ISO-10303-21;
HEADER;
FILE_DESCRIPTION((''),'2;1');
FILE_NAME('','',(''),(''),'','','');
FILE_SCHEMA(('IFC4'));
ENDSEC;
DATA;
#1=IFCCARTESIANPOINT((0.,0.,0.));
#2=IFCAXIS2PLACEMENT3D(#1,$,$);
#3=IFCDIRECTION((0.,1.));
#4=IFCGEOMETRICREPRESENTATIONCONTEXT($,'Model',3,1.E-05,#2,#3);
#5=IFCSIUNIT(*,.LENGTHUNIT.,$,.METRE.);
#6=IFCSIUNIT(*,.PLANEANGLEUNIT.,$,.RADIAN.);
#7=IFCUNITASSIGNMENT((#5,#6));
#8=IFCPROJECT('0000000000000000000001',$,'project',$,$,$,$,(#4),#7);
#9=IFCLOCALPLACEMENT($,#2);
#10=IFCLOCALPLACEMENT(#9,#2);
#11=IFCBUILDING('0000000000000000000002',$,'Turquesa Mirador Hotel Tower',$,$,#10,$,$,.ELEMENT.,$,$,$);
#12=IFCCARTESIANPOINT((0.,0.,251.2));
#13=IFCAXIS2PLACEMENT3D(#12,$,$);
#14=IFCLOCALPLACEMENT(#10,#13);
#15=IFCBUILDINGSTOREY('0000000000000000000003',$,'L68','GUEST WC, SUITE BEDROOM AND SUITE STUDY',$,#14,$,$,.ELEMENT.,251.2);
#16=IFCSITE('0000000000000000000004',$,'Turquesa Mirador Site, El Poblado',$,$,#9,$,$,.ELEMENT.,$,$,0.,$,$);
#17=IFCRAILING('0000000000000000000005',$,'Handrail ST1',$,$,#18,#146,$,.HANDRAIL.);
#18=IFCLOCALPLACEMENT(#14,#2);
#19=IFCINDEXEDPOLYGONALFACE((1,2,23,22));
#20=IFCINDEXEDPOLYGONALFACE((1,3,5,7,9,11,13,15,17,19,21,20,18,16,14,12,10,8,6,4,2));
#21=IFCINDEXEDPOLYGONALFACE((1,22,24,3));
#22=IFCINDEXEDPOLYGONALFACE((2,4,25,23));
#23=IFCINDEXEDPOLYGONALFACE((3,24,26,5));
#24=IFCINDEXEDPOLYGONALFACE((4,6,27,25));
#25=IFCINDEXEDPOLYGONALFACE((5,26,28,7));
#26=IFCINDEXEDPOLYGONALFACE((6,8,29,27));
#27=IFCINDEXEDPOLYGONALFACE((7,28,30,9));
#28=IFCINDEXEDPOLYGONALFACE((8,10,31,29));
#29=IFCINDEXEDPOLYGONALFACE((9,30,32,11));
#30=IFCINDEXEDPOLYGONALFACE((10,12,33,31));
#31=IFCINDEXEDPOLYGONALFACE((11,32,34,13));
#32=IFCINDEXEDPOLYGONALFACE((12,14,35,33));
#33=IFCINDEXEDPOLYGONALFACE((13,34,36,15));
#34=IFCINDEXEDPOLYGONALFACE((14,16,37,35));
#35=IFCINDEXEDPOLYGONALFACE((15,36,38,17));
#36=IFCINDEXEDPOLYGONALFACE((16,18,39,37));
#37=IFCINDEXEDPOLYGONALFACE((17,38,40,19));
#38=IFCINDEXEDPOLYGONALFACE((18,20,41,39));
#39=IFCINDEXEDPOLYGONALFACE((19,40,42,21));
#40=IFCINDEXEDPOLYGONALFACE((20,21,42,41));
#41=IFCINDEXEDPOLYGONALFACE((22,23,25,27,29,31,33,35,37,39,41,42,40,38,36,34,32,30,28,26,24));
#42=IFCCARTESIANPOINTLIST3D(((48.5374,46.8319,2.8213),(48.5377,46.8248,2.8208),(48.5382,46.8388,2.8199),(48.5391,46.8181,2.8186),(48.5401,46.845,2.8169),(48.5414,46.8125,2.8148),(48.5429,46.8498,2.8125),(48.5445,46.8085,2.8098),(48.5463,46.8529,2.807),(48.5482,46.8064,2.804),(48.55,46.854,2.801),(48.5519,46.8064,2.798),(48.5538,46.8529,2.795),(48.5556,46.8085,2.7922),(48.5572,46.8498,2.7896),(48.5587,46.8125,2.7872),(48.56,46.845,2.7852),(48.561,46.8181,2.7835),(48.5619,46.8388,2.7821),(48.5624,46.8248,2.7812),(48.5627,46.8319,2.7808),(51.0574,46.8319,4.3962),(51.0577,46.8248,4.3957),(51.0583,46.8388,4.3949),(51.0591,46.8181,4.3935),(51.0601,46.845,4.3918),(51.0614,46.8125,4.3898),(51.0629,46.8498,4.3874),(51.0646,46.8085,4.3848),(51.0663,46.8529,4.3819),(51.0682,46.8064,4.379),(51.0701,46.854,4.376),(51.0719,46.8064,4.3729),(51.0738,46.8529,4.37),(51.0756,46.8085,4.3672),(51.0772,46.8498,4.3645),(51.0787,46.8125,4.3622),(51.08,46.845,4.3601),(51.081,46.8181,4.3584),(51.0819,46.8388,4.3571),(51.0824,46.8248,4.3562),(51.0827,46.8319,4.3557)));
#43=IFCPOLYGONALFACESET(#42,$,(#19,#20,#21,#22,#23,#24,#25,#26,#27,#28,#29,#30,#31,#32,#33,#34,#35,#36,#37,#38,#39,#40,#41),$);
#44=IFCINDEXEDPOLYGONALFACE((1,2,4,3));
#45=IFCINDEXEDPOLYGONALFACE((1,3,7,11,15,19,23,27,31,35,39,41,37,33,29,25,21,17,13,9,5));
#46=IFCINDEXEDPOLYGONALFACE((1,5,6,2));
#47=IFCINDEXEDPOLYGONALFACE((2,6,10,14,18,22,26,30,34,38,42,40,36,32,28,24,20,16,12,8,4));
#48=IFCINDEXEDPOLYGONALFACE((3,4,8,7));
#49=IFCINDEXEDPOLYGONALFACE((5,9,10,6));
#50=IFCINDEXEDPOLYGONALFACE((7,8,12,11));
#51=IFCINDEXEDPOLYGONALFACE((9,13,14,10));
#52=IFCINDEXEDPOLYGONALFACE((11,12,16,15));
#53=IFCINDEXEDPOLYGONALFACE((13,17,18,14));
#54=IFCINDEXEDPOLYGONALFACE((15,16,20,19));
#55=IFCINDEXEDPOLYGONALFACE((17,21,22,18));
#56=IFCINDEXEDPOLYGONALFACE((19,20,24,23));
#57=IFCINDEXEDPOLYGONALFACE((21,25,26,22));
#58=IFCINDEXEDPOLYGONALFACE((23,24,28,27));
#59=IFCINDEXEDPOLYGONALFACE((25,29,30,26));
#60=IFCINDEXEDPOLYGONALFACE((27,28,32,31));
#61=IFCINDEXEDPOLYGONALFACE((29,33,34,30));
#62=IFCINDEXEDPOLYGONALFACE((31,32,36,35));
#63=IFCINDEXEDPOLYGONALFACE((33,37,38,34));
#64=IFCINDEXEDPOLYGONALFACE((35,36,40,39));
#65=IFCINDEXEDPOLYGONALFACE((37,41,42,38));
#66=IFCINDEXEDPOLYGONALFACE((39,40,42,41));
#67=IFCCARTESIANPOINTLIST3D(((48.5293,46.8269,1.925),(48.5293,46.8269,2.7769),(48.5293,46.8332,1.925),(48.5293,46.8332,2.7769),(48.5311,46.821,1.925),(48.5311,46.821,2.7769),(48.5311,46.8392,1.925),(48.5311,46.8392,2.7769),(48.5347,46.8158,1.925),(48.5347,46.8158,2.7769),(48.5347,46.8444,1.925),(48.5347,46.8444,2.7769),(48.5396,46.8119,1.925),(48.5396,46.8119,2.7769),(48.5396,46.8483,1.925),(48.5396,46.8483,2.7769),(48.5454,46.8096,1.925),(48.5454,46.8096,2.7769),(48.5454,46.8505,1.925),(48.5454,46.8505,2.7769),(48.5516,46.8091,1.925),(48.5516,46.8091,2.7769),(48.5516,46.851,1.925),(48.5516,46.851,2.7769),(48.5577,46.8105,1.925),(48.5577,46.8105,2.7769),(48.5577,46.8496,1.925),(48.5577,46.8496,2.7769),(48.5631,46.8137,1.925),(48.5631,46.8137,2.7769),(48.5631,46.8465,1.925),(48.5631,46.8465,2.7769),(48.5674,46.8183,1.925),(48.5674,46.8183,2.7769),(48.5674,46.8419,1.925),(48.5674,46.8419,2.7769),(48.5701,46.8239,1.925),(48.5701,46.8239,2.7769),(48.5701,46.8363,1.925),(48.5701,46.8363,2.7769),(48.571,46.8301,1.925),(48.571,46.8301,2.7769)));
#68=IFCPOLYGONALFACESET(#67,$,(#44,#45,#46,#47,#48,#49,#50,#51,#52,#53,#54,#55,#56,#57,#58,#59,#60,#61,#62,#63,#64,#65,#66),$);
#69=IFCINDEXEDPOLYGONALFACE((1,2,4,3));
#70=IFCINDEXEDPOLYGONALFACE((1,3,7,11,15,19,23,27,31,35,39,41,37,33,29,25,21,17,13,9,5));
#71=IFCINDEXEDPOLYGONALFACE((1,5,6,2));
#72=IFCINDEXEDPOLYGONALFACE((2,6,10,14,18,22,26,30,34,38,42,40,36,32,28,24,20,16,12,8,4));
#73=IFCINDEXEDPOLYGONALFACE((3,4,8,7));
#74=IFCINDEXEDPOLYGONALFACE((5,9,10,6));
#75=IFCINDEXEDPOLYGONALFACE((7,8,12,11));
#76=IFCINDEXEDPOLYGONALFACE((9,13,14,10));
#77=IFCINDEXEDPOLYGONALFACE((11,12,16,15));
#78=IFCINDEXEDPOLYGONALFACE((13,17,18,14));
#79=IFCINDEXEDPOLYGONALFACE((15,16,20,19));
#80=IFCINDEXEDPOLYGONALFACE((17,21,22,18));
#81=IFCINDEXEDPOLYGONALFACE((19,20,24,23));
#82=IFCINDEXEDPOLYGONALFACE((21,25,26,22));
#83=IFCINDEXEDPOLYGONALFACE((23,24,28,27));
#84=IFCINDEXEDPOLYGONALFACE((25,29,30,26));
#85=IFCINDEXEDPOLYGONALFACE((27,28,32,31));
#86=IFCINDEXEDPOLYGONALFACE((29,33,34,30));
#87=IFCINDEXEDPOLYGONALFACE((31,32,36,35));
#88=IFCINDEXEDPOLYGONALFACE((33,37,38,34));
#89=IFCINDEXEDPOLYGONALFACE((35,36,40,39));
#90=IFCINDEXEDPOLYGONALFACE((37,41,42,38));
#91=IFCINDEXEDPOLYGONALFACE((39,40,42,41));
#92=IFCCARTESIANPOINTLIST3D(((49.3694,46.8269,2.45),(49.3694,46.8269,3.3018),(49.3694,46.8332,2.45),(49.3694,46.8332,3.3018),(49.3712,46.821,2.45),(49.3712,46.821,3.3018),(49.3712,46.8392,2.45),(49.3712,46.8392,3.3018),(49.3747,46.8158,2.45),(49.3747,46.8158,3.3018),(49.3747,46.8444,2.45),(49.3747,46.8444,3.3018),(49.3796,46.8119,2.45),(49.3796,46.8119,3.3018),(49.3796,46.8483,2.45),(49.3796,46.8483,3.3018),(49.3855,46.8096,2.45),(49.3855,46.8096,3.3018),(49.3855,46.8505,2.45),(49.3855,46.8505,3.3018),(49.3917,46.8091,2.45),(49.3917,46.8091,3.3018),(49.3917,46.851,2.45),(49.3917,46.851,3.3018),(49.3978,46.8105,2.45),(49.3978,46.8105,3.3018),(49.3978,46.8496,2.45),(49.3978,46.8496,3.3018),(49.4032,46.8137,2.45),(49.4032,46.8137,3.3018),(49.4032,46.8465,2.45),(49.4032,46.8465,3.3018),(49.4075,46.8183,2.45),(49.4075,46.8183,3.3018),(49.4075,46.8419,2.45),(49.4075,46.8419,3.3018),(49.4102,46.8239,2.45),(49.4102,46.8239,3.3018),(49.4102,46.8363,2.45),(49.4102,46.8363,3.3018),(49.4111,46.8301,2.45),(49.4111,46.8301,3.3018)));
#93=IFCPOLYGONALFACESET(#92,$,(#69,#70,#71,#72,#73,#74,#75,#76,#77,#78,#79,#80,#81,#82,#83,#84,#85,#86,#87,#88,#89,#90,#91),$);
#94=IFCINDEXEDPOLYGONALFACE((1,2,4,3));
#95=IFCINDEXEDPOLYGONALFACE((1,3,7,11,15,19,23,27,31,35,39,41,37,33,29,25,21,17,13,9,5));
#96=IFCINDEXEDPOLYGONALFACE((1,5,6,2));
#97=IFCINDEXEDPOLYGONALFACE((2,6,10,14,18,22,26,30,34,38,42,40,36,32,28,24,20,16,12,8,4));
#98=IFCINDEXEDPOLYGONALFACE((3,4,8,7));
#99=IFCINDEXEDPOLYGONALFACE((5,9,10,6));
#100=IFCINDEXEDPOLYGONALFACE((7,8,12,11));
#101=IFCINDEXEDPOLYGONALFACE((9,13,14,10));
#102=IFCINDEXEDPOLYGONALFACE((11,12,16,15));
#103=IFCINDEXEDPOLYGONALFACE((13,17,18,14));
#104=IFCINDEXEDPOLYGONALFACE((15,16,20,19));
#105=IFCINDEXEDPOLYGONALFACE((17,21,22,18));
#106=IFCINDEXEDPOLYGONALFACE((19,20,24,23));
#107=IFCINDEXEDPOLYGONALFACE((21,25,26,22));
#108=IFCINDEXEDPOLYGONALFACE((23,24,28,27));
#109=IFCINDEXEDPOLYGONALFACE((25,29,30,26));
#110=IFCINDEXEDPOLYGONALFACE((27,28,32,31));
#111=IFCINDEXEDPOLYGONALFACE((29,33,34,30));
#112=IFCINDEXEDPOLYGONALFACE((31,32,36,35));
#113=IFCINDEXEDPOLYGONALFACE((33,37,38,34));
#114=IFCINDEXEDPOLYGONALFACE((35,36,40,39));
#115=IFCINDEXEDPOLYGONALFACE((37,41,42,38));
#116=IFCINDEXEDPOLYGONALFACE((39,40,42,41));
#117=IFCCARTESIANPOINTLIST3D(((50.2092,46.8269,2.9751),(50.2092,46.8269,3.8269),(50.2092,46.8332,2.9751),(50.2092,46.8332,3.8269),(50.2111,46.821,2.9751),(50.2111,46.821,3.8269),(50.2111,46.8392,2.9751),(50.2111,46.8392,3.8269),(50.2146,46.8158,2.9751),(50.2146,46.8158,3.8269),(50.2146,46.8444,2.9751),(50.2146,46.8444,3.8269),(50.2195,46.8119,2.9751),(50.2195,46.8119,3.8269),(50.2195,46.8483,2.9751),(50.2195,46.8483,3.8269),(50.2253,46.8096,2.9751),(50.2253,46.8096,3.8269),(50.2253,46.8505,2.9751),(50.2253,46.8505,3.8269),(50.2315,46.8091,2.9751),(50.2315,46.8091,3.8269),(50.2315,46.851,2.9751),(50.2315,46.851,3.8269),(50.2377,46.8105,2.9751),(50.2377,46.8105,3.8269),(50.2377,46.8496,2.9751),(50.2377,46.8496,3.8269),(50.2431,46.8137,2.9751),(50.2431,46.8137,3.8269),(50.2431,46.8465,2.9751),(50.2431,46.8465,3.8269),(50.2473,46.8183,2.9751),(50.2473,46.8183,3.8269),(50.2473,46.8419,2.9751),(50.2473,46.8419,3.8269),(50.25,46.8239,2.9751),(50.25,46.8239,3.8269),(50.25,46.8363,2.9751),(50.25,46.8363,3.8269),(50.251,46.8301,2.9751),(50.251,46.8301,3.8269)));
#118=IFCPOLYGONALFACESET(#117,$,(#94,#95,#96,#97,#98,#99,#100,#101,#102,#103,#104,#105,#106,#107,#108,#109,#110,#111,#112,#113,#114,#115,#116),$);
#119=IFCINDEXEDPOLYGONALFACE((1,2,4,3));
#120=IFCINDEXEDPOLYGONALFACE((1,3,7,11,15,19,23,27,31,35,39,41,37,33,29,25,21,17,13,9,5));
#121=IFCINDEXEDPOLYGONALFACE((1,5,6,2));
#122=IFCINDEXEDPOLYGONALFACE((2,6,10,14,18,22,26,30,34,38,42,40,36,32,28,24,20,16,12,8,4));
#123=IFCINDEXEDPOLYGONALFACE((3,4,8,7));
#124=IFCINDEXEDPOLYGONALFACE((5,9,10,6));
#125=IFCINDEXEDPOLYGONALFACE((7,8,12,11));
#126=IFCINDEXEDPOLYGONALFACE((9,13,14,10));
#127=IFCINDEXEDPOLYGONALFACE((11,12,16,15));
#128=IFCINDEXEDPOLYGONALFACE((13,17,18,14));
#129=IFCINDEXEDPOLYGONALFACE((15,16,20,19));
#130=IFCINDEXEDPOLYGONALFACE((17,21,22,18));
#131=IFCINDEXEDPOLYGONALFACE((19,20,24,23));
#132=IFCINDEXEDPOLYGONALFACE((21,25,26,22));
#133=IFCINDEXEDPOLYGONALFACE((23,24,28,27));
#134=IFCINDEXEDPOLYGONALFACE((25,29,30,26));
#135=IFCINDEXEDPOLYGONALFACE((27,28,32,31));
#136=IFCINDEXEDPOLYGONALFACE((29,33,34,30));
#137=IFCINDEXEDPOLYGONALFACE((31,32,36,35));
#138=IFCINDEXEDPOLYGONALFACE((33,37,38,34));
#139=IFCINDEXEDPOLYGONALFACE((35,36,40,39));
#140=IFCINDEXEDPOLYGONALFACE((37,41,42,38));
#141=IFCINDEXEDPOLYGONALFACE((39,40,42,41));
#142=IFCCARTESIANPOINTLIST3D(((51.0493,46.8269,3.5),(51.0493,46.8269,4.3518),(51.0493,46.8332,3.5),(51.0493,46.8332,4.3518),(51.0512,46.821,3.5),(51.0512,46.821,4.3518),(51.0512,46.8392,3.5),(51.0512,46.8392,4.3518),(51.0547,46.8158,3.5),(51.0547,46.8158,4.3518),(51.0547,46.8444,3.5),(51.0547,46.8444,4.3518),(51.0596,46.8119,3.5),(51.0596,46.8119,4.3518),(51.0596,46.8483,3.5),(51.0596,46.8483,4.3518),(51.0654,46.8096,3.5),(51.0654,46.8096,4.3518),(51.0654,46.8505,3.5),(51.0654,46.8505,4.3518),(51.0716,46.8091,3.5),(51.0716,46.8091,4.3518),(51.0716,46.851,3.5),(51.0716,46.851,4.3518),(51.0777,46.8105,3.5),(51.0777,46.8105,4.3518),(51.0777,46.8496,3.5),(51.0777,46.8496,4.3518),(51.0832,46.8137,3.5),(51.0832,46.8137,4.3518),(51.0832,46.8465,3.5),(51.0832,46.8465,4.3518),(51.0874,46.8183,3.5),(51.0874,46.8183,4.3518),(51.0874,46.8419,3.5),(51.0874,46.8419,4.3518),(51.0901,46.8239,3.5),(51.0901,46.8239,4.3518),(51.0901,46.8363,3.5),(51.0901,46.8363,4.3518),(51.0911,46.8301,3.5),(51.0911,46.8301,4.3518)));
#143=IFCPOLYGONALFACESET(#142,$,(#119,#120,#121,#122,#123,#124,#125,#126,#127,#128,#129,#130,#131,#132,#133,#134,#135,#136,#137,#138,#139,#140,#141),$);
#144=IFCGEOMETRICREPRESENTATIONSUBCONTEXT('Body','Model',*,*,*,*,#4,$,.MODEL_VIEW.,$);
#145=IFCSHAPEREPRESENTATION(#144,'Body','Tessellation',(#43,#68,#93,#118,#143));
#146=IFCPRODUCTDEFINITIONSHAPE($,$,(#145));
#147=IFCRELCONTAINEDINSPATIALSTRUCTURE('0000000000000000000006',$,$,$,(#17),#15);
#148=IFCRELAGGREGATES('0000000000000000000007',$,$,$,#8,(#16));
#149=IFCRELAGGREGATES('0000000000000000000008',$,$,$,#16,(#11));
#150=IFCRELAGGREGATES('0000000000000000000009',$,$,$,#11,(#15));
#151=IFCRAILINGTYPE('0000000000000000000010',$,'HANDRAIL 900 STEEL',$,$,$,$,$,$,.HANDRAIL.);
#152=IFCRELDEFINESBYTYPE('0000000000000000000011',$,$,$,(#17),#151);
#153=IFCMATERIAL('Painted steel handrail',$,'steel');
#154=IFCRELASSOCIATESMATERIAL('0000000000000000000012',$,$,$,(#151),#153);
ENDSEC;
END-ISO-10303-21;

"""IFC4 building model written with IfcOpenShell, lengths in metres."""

from ifc_helpers import new_model, si_unit, direction, frame, origin, origin_2d, place, context, subcontext, project, spatial, circle, extrude, material, type_object, element, save


model = new_model("IFC4")

# Units and contexts
model_context = context("Model", 3, precision=1e-05, world=origin(), true_north=direction((0.0, 1.0)))
body_context = subcontext(model_context, "Body", "Model", "MODEL_VIEW")
ifc_project = project(units=[si_unit("LENGTHUNIT", "METRE"), si_unit("PLANEANGLEUNIT", "RADIAN")], contexts=[model_context])

# Site, building, storey
site_placement = place(None, origin())
site = spatial("IfcSite", under=ifc_project, at=site_placement, Name="Turquesa Mirador Site, El Poblado", CompositionType="ELEMENT", RefElevation=0.0)
building_placement = place(site_placement, origin())
building = spatial("IfcBuilding", under=site, at=building_placement, Name="Turquesa Mirador Hotel Tower", CompositionType="ELEMENT")
storey_placement = place(building_placement, frame((0.0, 0.0, 251.2)))
storey = spatial("IfcBuildingStorey", under=building, at=storey_placement, Name="L68", Description="GUEST WC, SUITE BEDROOM AND SUITE STUDY", CompositionType="ELEMENT", Elevation=251.2)

# Railing
ifc_material_1 = material(Name="Painted steel handrail", Category="steel")
railing_type = type_object("IfcRailingType", Name="HANDRAIL 900 STEEL", PredefinedType="HANDRAIL", material=ifc_material_1)
railing_1_placement = place(storey_placement, frame((48.55, 46.8301, 1.925)))
element("IfcRailing", 1, at=railing_1_placement, inside=storey, type_object=railing_type, Name="Handrail ST1", PredefinedType="HANDRAIL", context=body_context, shape_type="SweptSolid", body=[
    extrude(circle(Radius=0.0239, at=origin_2d()), frame((0.0, 0.0, 0.876), z_axis=(0.848008, 0.0, 0.529984), x_axis=(0.0, 1.0, 0.0)), (0.0, 0.0, 1.0), 2.9717),
    extrude(circle(Radius=0.021, at=origin_2d()), origin(), (0.0, 0.0, 1.0), 0.8518),
    extrude(circle(Radius=0.021, at=origin_2d()), frame((0.8401, 0.0, 0.5249)), (0.0, 0.0, 1.0), 0.8518),
    extrude(circle(Radius=0.021, at=origin_2d()), frame((1.6799, 0.0, 1.05)), (0.0, 0.0, 1.0), 0.8518),
    extrude(circle(Radius=0.021, at=origin_2d()), frame((2.52, 0.0, 1.575)), (0.0, 0.0, 1.0), 0.8518),
])

save(model, "model.ifc")
